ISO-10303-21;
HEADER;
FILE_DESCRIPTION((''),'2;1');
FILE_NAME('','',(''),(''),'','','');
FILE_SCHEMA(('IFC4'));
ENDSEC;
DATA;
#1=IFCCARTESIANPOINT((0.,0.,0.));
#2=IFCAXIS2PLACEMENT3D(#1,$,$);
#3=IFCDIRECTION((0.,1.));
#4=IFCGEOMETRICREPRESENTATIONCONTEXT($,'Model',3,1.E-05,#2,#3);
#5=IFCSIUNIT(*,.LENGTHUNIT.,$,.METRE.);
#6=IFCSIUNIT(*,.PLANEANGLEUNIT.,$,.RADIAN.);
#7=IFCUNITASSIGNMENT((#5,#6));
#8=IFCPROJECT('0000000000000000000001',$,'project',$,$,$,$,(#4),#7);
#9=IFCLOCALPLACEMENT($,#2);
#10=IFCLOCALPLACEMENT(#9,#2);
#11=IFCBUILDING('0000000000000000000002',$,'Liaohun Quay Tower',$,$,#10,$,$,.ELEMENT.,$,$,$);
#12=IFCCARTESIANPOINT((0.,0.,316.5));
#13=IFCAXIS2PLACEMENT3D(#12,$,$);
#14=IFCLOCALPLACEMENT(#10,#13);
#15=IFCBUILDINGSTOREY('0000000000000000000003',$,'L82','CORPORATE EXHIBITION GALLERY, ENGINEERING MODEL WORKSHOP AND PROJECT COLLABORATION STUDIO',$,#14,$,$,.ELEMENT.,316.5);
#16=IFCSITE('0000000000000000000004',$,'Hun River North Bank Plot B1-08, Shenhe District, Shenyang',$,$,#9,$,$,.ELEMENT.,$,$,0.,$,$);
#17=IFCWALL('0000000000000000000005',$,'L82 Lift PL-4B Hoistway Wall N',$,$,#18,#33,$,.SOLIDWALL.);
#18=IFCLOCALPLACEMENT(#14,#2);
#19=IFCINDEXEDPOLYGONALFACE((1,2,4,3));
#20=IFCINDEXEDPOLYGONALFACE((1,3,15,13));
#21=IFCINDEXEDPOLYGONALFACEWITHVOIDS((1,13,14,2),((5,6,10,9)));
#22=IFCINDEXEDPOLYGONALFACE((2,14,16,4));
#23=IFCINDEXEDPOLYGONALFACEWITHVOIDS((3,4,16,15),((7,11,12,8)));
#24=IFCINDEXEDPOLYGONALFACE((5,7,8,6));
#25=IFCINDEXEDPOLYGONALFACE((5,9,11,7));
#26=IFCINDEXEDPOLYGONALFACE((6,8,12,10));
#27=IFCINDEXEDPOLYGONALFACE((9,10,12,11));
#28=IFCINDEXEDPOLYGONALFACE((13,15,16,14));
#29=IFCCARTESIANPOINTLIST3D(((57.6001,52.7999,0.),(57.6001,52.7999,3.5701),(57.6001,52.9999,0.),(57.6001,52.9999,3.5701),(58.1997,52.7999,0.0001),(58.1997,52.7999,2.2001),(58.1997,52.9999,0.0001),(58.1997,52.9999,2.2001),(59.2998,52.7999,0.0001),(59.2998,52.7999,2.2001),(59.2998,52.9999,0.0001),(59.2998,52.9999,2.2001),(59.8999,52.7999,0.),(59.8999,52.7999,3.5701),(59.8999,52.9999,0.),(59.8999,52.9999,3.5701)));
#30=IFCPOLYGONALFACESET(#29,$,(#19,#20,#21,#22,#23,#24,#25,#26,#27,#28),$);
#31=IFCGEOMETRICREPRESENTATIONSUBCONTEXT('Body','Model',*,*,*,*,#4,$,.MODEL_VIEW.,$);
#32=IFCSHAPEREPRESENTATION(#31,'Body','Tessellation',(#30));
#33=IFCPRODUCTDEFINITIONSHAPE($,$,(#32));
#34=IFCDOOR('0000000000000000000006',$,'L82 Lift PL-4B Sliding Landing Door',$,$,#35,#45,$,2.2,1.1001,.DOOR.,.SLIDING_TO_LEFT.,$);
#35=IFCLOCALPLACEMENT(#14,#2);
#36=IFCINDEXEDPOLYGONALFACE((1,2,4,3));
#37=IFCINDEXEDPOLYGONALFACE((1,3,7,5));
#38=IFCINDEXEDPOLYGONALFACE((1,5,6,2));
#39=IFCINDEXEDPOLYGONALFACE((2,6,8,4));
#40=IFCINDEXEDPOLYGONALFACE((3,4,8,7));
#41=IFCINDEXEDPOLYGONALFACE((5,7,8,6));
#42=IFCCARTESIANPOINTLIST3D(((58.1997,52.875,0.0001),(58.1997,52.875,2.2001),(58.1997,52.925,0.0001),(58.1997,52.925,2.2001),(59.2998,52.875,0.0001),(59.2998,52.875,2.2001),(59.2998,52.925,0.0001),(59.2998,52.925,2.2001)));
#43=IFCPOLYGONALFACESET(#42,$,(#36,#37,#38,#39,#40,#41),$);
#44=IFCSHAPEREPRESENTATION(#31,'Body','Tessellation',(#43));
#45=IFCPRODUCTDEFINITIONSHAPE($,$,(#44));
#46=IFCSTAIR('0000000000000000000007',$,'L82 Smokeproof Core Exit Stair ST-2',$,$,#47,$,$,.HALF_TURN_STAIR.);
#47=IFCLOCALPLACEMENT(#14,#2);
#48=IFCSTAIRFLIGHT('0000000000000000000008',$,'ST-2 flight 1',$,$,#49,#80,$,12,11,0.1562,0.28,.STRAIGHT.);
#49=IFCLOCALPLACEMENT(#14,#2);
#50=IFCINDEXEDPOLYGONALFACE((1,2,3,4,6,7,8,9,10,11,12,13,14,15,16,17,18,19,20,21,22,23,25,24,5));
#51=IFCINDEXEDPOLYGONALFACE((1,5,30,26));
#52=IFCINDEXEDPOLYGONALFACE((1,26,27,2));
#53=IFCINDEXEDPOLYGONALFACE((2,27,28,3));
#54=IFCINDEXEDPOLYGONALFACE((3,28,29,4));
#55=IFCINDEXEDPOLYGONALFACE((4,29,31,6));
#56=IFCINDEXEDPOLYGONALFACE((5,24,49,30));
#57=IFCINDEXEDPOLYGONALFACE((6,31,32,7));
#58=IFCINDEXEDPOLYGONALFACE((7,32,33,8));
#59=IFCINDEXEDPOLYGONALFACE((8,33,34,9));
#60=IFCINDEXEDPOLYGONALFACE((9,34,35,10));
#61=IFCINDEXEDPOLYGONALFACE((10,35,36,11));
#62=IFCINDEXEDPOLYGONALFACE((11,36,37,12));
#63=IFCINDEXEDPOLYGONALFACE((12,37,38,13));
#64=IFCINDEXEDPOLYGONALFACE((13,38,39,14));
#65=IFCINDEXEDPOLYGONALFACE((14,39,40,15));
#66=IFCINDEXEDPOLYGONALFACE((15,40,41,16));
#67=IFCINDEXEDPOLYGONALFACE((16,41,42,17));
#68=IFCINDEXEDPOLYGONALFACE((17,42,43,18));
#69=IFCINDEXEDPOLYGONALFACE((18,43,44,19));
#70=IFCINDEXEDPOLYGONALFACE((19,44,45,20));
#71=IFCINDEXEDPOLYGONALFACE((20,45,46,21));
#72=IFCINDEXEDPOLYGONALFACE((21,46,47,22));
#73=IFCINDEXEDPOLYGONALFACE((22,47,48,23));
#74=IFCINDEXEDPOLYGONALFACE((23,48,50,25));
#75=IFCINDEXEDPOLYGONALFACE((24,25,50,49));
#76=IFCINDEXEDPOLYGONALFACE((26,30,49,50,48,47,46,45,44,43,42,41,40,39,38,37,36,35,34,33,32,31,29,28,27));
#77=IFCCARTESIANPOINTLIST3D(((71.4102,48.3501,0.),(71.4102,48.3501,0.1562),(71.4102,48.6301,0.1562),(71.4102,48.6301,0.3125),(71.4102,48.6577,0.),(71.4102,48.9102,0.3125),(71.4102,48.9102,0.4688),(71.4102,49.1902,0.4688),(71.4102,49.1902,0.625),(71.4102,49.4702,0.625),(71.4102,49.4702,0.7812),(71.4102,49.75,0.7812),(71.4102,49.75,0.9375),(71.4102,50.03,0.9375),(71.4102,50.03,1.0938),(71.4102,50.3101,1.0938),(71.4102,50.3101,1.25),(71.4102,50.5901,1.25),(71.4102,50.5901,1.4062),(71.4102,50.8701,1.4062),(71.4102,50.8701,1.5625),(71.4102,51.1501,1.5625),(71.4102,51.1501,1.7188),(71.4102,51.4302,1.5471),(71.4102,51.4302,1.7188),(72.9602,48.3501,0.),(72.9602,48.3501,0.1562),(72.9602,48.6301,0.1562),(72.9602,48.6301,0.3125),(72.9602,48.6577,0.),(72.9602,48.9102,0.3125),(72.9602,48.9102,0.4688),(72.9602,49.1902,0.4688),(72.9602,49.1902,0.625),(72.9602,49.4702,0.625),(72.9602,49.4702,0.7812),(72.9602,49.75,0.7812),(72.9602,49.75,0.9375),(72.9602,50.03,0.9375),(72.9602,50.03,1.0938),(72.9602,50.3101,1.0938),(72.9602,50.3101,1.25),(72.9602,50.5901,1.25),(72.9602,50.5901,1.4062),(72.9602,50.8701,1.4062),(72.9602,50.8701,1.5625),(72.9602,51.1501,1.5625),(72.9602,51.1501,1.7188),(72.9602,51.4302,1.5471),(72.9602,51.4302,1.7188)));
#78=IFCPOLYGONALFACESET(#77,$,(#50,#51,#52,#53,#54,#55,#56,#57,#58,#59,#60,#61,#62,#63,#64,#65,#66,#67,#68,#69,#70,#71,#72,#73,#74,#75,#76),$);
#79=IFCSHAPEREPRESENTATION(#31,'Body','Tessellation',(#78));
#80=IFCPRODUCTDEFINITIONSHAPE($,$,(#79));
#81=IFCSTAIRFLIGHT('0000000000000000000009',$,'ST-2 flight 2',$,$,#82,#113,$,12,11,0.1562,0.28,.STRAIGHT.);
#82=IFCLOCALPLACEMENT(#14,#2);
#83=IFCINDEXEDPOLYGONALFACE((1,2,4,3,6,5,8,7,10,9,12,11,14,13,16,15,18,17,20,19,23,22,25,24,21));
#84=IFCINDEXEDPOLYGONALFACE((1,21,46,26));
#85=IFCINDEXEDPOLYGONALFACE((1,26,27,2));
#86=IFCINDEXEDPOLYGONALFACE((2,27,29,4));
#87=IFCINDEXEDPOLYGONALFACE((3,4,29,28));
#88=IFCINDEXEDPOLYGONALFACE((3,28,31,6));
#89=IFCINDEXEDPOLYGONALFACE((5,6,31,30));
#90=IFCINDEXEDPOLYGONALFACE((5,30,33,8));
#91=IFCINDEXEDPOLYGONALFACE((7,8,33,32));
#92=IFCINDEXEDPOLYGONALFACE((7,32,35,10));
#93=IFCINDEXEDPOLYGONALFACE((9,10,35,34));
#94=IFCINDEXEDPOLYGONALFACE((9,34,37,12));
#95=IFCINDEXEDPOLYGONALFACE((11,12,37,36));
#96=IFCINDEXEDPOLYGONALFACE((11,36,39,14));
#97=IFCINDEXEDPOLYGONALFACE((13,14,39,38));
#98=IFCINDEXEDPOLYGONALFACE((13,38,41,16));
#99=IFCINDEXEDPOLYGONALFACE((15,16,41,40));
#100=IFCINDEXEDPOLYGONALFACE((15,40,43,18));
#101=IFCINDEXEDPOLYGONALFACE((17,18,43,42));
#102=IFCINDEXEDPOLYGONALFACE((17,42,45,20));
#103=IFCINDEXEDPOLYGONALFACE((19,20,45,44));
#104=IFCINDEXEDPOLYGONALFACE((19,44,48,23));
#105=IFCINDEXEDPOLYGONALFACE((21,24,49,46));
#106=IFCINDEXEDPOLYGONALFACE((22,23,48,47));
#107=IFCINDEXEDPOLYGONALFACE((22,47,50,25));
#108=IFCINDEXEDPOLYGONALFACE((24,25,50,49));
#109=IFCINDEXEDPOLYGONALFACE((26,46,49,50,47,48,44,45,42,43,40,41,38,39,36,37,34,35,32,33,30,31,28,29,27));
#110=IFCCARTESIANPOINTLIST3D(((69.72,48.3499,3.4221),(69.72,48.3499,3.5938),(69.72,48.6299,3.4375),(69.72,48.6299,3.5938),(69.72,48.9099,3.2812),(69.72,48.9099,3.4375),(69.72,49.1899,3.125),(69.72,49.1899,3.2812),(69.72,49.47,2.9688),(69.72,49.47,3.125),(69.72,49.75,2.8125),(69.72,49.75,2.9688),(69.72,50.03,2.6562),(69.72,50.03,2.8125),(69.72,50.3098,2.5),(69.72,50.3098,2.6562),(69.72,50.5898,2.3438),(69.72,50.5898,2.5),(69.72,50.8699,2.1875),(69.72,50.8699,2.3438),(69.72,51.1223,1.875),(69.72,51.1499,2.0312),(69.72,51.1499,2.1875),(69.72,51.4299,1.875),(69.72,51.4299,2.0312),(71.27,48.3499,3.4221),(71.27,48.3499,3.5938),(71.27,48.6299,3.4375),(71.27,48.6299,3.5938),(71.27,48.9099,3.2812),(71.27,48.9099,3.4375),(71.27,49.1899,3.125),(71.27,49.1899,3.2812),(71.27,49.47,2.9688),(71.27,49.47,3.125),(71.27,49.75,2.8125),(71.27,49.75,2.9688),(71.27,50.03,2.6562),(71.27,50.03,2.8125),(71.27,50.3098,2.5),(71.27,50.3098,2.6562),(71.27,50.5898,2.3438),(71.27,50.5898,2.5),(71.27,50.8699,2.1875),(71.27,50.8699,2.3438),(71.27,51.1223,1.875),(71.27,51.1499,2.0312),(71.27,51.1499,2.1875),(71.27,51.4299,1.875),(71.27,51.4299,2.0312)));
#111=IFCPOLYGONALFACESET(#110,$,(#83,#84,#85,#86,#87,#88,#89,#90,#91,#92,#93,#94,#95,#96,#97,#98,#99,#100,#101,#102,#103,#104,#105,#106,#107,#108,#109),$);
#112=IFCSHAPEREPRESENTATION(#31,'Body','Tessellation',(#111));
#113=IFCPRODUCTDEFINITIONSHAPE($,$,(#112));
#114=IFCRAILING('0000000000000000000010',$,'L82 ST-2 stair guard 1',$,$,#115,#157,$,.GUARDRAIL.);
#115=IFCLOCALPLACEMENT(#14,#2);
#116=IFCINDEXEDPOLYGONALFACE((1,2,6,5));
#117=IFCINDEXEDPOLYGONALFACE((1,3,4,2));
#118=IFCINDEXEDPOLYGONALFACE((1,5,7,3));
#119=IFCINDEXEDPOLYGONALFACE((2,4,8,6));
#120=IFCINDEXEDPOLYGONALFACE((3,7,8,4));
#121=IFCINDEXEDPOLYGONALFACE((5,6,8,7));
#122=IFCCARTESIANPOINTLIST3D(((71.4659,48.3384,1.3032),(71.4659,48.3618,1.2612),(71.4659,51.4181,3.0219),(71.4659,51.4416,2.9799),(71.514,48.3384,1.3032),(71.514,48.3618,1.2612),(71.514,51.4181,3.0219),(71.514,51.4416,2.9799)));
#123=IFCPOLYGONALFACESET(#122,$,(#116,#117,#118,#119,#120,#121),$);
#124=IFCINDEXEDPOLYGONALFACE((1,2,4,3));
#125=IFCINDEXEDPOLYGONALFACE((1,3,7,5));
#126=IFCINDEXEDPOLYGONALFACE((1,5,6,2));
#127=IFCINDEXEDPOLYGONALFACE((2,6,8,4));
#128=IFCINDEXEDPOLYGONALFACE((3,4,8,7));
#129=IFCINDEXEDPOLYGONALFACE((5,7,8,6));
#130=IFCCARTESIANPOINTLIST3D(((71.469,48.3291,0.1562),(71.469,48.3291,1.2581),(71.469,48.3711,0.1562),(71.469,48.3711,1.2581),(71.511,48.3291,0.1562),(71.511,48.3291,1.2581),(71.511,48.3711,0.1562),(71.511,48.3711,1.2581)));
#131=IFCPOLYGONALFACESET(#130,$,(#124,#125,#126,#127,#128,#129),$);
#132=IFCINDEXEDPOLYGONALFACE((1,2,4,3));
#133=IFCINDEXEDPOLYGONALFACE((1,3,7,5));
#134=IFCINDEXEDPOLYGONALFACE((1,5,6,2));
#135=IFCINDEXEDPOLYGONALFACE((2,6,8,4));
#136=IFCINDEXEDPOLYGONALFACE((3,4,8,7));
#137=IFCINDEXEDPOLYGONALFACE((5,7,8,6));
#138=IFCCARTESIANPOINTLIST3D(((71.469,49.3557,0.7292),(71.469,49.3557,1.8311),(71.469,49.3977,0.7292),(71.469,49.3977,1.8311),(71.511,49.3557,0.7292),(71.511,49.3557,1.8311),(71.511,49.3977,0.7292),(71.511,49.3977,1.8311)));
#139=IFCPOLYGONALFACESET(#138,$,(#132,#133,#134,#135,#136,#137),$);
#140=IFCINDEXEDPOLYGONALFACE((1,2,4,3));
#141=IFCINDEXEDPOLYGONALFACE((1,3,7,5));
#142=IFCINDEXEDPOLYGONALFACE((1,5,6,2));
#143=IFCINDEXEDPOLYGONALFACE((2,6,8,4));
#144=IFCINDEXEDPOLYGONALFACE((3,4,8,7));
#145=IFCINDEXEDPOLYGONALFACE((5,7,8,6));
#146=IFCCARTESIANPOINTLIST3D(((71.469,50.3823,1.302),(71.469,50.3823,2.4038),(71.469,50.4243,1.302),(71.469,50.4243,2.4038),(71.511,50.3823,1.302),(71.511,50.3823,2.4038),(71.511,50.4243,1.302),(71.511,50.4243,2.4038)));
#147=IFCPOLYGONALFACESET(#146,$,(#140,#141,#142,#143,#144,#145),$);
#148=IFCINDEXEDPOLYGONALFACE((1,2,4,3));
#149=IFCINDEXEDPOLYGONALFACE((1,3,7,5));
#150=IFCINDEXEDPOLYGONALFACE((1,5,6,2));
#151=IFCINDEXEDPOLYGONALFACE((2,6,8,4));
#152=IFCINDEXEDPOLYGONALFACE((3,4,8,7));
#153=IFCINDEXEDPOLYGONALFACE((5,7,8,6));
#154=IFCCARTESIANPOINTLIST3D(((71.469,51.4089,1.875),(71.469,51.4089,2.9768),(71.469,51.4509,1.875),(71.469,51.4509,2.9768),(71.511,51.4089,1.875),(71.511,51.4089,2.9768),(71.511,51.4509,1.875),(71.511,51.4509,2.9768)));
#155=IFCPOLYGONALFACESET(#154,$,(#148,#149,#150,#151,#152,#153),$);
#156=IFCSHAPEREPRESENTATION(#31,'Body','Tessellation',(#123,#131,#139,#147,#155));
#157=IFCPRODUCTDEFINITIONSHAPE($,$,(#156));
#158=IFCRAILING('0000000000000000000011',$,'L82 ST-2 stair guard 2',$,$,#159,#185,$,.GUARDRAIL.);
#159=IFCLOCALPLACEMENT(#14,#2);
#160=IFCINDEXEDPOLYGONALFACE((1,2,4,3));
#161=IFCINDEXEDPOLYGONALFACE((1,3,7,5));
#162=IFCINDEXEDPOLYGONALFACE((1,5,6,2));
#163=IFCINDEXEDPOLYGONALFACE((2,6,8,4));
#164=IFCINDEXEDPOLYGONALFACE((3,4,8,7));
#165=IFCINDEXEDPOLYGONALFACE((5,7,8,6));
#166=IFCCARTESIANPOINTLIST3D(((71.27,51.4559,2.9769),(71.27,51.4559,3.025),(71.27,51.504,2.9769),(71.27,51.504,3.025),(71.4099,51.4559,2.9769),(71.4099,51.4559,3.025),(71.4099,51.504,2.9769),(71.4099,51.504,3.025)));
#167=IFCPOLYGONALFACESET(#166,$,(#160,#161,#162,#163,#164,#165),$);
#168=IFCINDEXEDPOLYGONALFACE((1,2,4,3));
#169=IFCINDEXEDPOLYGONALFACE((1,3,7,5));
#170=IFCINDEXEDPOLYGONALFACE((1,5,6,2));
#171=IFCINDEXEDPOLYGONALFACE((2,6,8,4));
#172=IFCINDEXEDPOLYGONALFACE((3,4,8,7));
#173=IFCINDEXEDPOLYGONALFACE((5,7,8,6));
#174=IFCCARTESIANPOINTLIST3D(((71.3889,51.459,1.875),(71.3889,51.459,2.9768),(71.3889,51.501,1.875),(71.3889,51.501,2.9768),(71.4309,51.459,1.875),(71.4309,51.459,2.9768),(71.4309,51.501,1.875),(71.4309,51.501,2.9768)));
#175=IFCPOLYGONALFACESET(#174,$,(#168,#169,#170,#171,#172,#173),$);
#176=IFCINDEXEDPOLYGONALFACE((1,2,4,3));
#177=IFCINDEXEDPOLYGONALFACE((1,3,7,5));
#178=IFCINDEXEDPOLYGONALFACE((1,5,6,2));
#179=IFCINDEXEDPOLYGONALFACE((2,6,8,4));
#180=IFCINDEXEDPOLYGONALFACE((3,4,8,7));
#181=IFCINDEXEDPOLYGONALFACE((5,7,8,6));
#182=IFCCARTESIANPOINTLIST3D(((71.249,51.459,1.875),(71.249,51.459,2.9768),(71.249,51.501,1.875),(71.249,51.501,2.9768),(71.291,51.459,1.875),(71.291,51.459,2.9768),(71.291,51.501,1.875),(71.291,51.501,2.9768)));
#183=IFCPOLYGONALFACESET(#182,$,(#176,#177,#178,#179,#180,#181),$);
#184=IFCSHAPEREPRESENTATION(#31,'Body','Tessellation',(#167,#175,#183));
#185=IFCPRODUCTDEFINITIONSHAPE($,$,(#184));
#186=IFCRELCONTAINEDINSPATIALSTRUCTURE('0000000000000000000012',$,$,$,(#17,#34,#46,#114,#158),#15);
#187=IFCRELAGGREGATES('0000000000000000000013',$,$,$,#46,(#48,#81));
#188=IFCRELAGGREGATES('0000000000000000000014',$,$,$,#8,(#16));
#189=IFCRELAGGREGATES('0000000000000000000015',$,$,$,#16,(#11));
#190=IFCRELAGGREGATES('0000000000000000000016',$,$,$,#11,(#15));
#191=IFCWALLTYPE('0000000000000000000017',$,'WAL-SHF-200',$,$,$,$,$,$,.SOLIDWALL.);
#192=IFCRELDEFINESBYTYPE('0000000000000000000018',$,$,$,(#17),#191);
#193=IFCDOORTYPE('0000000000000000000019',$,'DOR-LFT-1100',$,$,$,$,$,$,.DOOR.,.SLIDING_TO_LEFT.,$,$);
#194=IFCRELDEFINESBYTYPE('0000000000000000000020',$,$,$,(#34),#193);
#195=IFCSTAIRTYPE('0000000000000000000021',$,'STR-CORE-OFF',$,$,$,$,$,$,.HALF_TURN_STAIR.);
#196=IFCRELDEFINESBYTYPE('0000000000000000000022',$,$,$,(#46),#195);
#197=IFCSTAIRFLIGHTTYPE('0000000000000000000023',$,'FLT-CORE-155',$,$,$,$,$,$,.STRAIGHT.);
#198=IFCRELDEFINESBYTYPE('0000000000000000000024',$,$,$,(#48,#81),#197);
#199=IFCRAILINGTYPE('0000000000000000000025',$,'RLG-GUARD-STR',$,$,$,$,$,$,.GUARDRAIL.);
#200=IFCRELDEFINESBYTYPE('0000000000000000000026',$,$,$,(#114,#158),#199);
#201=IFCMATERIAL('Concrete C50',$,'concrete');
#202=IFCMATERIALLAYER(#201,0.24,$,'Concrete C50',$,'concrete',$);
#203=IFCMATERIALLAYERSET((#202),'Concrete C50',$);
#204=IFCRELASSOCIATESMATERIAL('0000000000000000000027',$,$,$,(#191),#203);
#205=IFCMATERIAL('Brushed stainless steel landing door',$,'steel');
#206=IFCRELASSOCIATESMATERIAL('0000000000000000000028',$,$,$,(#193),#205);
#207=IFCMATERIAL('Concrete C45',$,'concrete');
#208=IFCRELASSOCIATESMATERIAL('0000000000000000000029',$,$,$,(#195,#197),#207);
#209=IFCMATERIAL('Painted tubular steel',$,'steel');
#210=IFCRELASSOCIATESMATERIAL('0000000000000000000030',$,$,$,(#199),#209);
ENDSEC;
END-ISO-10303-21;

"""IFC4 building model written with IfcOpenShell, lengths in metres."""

from ifc_helpers import new_model, si_unit, direction, frame, frame_2d, origin, origin_2d, place, context, subcontext, project, spatial, polyline, rectangle, outline, extrude, source, transform, mapped, material, layer, layer_set, type_object, element, fill, aggregate, save


model = new_model("IFC4")

# Units and contexts
model_context = context("Model", 3, precision=1e-05, world=origin(), true_north=direction((0.0, 1.0)))
body_context = subcontext(model_context, "Body", "Model", "MODEL_VIEW")
ifc_project = project(units=[si_unit("LENGTHUNIT", "METRE"), si_unit("PLANEANGLEUNIT", "RADIAN")], contexts=[model_context])

# Site, building, storey
site_placement = place(None, origin())
site = spatial("IfcSite", under=ifc_project, at=site_placement, Name="Hun River North Bank Plot B1-08, Shenhe District, Shenyang", CompositionType="ELEMENT", RefElevation=0.0)
building_placement = place(site_placement, origin())
building = spatial("IfcBuilding", under=site, at=building_placement, Name="Liaohun Quay Tower", CompositionType="ELEMENT")
storey_placement = place(building_placement, frame((0.0, 0.0, 316.5)))
storey = spatial("IfcBuildingStorey", under=building, at=storey_placement, Name="L82", Description="CORPORATE EXHIBITION GALLERY, ENGINEERING MODEL WORKSHOP AND PROJECT COLLABORATION STUDIO", CompositionType="ELEMENT", Elevation=316.5)

# Shared definitions
ifc_material_1 = material(Name="Concrete C50", Category="concrete")
ifc_layer_1 = layer(ifc_material_1, 0.24, Name="Concrete C50", Category="concrete")
ifc_layer_set_1 = layer_set([ifc_layer_1], Name="Concrete C50")
wall_type_1 = type_object("IfcWallType", Name="WAL-SHF-200", PredefinedType="SOLIDWALL", material=ifc_layer_set_1)

# Wall, opening, door
wall_1_placement = place(storey_placement, frame((59.8999, 52.8999, 0.0), z_axis=(0.0, 0.0, 1.0), x_axis=(-1.0, 0.0, 0.0)))
wall_1 = element("IfcWall", 1, at=wall_1_placement, inside=storey, type_object=wall_type_1, Name="L82 Lift PL-4B Hoistway Wall N", PredefinedType="SOLIDWALL", context=body_context, shape_type="SweptSolid", body=[
    extrude(rectangle(XDim=2.2998, YDim=0.2, at=frame_2d((1.1499, 0.0))), origin(), (0.0, 0.0, 1.0), 3.5701),
])
shared_shape_1 = source(origin(), body_context, "Body", "SweptSolid", [
    extrude(rectangle(XDim=1.1001, YDim=2.2, at=frame_2d((0.55, 1.1001))), frame((0.0, 0.1099, 0.0), z_axis=(0.0, -1.0, 0.0), x_axis=(1.0, 0.0, 0.0)), (0.0, 0.0, 1.0), 0.22),
])
opening_1_placement = place(wall_1_placement, frame((0.6001, 0.0, 0.0)))
opening_1 = element("IfcOpeningElement", 2, at=opening_1_placement, cuts=wall_1, PredefinedType="OPENING", context=body_context, shape_type="MappedRepresentation", body=[
    mapped(shared_shape_1, transform((0.0, 0.0, 0.0), x_axis=(1.0, 0.0, 0.0), y_axis=(0.0, 1.0, 0.0), z_axis=(0.0, 0.0, 1.0), scale=1.0)),
])
ifc_material_2 = material(Name="Brushed stainless steel landing door", Category="steel")
door_type_1 = type_object("IfcDoorType", Name="DOR-LFT-1100", OperationType="SLIDING_TO_LEFT", PredefinedType="DOOR", material=ifc_material_2)
shared_shape_2 = source(origin(), body_context, "Body", "SweptSolid", [
    extrude(rectangle(XDim=1.1001, YDim=2.2, at=frame_2d((0.55, 1.1001))), frame((0.0, 0.0249, 0.0), z_axis=(0.0, -1.0, 0.0), x_axis=(1.0, 0.0, 0.0)), (0.0, 0.0, 1.0), 0.05),
])
door_1_placement = place(opening_1_placement, origin())
door_1 = element("IfcDoor", 3, at=door_1_placement, inside=storey, type_object=door_type_1, Name="L82 Lift PL-4B Sliding Landing Door", OperationType="SLIDING_TO_LEFT", OverallHeight=2.2, OverallWidth=1.1001, PredefinedType="DOOR", context=body_context, shape_type="MappedRepresentation", body=[
    mapped(shared_shape_2, transform((0.0, 0.0, 0.0), x_axis=(1.0, 0.0, 0.0), y_axis=(0.0, 1.0, 0.0), z_axis=(0.0, 0.0, 1.0), scale=1.0)),
])
fill(opening_1, door_1)

# Stair, stair flights
ifc_material_3 = material(Name="Concrete C45", Category="concrete")
stair_type = type_object("IfcStairType", Name="STR-CORE-OFF", PredefinedType="HALF_TURN_STAIR", material=ifc_material_3)
stair_placement = place(storey_placement, origin())
stair = element("IfcStair", 4, at=stair_placement, inside=storey, type_object=stair_type, Name="L82 Smokeproof Core Exit Stair ST-2", PredefinedType="HALF_TURN_STAIR")
stair_flight_type = type_object("IfcStairFlightType", Name="FLT-CORE-155", PredefinedType="STRAIGHT", material=ifc_material_3)
stair_flight_1_placement = place(storey_placement, frame((72.1851, 48.3501, 0.0), z_axis=(0.0, 0.0, 1.0), x_axis=(0.0, 1.0, 0.0)))
stair_flight_1 = element("IfcStairFlight", 5, at=stair_flight_1_placement, type_object=stair_flight_type, Name="ST-2 flight 1", NumberOfRisers=12, NumberOfTreads=11, PredefinedType="STRAIGHT", RiserHeight=0.1562, TreadLength=0.28, context=body_context, shape_type="SweptSolid", body=[
    extrude(outline(polyline([(0.0, 0.0), (0.0, 0.1562), (0.28, 0.1562), (0.28, 0.3125), (0.5601, 0.3125), (0.5601, 0.4688), (0.8401, 0.4688), (0.8401, 0.625), (1.1201, 0.625), (1.1201, 0.7812), (1.3999, 0.7812), (1.3999, 0.9375), (1.6799, 0.9375), (1.6799, 1.0938), (1.96, 1.0938), (1.96, 1.25), (2.24, 1.25), (2.24, 1.4062), (2.52, 1.4062), (2.52, 1.5625), (2.8, 1.5625), (2.8, 1.7188), (3.0801, 1.7188), (3.0801, 1.875), (3.0801, 1.5471), (0.3076, 0.0), (0.0, 0.0)])), frame((0.0, 0.7749, 0.0), z_axis=(0.0, -1.0, 0.0), x_axis=(1.0, 0.0, 0.0)), (0.0, 0.0, 1.0), 1.55),
])
stair_flight_2_placement = place(storey_placement, frame((70.4951, 51.4299, 1.875), z_axis=(0.0, 0.0, 1.0), x_axis=(0.0, -1.0, 0.0)))
stair_flight_2 = element("IfcStairFlight", 6, at=stair_flight_2_placement, type_object=stair_flight_type, Name="ST-2 flight 2", NumberOfRisers=12, NumberOfTreads=11, PredefinedType="STRAIGHT", RiserHeight=0.1562, TreadLength=0.28, context=body_context, shape_type="SweptSolid", body=[
    extrude(outline(polyline([(0.0, 0.0), (0.0, 0.1562), (0.28, 0.1562), (0.28, 0.3125), (0.5601, 0.3125), (0.5601, 0.4688), (0.8401, 0.4688), (0.8401, 0.625), (1.1201, 0.625), (1.1201, 0.7812), (1.3999, 0.7812), (1.3999, 0.9375), (1.6799, 0.9375), (1.6799, 1.0938), (1.96, 1.0938), (1.96, 1.25), (2.24, 1.25), (2.24, 1.4062), (2.52, 1.4062), (2.52, 1.5625), (2.8, 1.5625), (2.8, 1.7188), (3.0801, 1.7188), (3.0801, 1.875), (3.0801, 1.5471), (0.3076, 0.0), (0.0, 0.0)])), frame((0.0, 0.7749, 0.0), z_axis=(0.0, -1.0, 0.0), x_axis=(1.0, 0.0, 0.0)), (0.0, 0.0, 1.0), 1.55),
])
aggregate(stair, [stair_flight_1, stair_flight_2])

# Railings
ifc_material_4 = material(Name="Painted tubular steel", Category="steel")
railing_type_1 = type_object("IfcRailingType", Name="RLG-GUARD-STR", PredefinedType="GUARDRAIL", material=ifc_material_4)
railing_1_placement = place(storey_placement, frame((71.49, 48.3501, 0.1562)))
element("IfcRailing", 7, at=railing_1_placement, inside=storey, type_object=railing_type_1, Name="L82 ST-2 stair guard 1", PredefinedType="GUARDRAIL", context=body_context, shape_type="SweptSolid", body=[
    extrude(rectangle(XDim=0.0481, YDim=0.0481, at=origin_2d()), frame((0.0, 0.0, 1.126), z_axis=(0.0, 0.873225, 0.487317), x_axis=(-1.0, 0.0, 0.0)), (0.0, 0.0, 1.0), 3.5269),
    extrude(rectangle(XDim=0.042, YDim=0.042, at=origin_2d()), origin(), (0.0, 0.0, 1.0), 1.1018),
    extrude(rectangle(XDim=0.042, YDim=0.042, at=origin_2d()), frame((0.0, 1.0266, 0.573)), (0.0, 0.0, 1.0), 1.1018),
    extrude(rectangle(XDim=0.042, YDim=0.042, at=origin_2d()), frame((0.0, 2.0532, 1.1458)), (0.0, 0.0, 1.0), 1.1018),
    extrude(rectangle(XDim=0.042, YDim=0.042, at=origin_2d()), frame((0.0, 3.0798, 1.7188)), (0.0, 0.0, 1.0), 1.1018),
])
railing_2_placement = place(storey_placement, frame((71.4099, 51.48, 1.875)))
element("IfcRailing", 8, at=railing_2_placement, inside=storey, type_object=railing_type_1, Name="L82 ST-2 stair guard 2", PredefinedType="GUARDRAIL", context=body_context, shape_type="SweptSolid", body=[
    extrude(rectangle(XDim=0.0481, YDim=0.0481, at=origin_2d()), frame((0.0, 0.0, 1.126), z_axis=(-1.0, 0.0, 0.0), x_axis=(0.0, -1.0, 0.0)), (0.0, 0.0, 1.0), 0.1399),
    extrude(rectangle(XDim=0.042, YDim=0.042, at=origin_2d()), origin(), (0.0, 0.0, 1.0), 1.1018),
    extrude(rectangle(XDim=0.042, YDim=0.042, at=origin_2d()), frame((-0.1399, 0.0, 0.0)), (0.0, 0.0, 1.0), 1.1018),
])

save(model, "model.ifc")
